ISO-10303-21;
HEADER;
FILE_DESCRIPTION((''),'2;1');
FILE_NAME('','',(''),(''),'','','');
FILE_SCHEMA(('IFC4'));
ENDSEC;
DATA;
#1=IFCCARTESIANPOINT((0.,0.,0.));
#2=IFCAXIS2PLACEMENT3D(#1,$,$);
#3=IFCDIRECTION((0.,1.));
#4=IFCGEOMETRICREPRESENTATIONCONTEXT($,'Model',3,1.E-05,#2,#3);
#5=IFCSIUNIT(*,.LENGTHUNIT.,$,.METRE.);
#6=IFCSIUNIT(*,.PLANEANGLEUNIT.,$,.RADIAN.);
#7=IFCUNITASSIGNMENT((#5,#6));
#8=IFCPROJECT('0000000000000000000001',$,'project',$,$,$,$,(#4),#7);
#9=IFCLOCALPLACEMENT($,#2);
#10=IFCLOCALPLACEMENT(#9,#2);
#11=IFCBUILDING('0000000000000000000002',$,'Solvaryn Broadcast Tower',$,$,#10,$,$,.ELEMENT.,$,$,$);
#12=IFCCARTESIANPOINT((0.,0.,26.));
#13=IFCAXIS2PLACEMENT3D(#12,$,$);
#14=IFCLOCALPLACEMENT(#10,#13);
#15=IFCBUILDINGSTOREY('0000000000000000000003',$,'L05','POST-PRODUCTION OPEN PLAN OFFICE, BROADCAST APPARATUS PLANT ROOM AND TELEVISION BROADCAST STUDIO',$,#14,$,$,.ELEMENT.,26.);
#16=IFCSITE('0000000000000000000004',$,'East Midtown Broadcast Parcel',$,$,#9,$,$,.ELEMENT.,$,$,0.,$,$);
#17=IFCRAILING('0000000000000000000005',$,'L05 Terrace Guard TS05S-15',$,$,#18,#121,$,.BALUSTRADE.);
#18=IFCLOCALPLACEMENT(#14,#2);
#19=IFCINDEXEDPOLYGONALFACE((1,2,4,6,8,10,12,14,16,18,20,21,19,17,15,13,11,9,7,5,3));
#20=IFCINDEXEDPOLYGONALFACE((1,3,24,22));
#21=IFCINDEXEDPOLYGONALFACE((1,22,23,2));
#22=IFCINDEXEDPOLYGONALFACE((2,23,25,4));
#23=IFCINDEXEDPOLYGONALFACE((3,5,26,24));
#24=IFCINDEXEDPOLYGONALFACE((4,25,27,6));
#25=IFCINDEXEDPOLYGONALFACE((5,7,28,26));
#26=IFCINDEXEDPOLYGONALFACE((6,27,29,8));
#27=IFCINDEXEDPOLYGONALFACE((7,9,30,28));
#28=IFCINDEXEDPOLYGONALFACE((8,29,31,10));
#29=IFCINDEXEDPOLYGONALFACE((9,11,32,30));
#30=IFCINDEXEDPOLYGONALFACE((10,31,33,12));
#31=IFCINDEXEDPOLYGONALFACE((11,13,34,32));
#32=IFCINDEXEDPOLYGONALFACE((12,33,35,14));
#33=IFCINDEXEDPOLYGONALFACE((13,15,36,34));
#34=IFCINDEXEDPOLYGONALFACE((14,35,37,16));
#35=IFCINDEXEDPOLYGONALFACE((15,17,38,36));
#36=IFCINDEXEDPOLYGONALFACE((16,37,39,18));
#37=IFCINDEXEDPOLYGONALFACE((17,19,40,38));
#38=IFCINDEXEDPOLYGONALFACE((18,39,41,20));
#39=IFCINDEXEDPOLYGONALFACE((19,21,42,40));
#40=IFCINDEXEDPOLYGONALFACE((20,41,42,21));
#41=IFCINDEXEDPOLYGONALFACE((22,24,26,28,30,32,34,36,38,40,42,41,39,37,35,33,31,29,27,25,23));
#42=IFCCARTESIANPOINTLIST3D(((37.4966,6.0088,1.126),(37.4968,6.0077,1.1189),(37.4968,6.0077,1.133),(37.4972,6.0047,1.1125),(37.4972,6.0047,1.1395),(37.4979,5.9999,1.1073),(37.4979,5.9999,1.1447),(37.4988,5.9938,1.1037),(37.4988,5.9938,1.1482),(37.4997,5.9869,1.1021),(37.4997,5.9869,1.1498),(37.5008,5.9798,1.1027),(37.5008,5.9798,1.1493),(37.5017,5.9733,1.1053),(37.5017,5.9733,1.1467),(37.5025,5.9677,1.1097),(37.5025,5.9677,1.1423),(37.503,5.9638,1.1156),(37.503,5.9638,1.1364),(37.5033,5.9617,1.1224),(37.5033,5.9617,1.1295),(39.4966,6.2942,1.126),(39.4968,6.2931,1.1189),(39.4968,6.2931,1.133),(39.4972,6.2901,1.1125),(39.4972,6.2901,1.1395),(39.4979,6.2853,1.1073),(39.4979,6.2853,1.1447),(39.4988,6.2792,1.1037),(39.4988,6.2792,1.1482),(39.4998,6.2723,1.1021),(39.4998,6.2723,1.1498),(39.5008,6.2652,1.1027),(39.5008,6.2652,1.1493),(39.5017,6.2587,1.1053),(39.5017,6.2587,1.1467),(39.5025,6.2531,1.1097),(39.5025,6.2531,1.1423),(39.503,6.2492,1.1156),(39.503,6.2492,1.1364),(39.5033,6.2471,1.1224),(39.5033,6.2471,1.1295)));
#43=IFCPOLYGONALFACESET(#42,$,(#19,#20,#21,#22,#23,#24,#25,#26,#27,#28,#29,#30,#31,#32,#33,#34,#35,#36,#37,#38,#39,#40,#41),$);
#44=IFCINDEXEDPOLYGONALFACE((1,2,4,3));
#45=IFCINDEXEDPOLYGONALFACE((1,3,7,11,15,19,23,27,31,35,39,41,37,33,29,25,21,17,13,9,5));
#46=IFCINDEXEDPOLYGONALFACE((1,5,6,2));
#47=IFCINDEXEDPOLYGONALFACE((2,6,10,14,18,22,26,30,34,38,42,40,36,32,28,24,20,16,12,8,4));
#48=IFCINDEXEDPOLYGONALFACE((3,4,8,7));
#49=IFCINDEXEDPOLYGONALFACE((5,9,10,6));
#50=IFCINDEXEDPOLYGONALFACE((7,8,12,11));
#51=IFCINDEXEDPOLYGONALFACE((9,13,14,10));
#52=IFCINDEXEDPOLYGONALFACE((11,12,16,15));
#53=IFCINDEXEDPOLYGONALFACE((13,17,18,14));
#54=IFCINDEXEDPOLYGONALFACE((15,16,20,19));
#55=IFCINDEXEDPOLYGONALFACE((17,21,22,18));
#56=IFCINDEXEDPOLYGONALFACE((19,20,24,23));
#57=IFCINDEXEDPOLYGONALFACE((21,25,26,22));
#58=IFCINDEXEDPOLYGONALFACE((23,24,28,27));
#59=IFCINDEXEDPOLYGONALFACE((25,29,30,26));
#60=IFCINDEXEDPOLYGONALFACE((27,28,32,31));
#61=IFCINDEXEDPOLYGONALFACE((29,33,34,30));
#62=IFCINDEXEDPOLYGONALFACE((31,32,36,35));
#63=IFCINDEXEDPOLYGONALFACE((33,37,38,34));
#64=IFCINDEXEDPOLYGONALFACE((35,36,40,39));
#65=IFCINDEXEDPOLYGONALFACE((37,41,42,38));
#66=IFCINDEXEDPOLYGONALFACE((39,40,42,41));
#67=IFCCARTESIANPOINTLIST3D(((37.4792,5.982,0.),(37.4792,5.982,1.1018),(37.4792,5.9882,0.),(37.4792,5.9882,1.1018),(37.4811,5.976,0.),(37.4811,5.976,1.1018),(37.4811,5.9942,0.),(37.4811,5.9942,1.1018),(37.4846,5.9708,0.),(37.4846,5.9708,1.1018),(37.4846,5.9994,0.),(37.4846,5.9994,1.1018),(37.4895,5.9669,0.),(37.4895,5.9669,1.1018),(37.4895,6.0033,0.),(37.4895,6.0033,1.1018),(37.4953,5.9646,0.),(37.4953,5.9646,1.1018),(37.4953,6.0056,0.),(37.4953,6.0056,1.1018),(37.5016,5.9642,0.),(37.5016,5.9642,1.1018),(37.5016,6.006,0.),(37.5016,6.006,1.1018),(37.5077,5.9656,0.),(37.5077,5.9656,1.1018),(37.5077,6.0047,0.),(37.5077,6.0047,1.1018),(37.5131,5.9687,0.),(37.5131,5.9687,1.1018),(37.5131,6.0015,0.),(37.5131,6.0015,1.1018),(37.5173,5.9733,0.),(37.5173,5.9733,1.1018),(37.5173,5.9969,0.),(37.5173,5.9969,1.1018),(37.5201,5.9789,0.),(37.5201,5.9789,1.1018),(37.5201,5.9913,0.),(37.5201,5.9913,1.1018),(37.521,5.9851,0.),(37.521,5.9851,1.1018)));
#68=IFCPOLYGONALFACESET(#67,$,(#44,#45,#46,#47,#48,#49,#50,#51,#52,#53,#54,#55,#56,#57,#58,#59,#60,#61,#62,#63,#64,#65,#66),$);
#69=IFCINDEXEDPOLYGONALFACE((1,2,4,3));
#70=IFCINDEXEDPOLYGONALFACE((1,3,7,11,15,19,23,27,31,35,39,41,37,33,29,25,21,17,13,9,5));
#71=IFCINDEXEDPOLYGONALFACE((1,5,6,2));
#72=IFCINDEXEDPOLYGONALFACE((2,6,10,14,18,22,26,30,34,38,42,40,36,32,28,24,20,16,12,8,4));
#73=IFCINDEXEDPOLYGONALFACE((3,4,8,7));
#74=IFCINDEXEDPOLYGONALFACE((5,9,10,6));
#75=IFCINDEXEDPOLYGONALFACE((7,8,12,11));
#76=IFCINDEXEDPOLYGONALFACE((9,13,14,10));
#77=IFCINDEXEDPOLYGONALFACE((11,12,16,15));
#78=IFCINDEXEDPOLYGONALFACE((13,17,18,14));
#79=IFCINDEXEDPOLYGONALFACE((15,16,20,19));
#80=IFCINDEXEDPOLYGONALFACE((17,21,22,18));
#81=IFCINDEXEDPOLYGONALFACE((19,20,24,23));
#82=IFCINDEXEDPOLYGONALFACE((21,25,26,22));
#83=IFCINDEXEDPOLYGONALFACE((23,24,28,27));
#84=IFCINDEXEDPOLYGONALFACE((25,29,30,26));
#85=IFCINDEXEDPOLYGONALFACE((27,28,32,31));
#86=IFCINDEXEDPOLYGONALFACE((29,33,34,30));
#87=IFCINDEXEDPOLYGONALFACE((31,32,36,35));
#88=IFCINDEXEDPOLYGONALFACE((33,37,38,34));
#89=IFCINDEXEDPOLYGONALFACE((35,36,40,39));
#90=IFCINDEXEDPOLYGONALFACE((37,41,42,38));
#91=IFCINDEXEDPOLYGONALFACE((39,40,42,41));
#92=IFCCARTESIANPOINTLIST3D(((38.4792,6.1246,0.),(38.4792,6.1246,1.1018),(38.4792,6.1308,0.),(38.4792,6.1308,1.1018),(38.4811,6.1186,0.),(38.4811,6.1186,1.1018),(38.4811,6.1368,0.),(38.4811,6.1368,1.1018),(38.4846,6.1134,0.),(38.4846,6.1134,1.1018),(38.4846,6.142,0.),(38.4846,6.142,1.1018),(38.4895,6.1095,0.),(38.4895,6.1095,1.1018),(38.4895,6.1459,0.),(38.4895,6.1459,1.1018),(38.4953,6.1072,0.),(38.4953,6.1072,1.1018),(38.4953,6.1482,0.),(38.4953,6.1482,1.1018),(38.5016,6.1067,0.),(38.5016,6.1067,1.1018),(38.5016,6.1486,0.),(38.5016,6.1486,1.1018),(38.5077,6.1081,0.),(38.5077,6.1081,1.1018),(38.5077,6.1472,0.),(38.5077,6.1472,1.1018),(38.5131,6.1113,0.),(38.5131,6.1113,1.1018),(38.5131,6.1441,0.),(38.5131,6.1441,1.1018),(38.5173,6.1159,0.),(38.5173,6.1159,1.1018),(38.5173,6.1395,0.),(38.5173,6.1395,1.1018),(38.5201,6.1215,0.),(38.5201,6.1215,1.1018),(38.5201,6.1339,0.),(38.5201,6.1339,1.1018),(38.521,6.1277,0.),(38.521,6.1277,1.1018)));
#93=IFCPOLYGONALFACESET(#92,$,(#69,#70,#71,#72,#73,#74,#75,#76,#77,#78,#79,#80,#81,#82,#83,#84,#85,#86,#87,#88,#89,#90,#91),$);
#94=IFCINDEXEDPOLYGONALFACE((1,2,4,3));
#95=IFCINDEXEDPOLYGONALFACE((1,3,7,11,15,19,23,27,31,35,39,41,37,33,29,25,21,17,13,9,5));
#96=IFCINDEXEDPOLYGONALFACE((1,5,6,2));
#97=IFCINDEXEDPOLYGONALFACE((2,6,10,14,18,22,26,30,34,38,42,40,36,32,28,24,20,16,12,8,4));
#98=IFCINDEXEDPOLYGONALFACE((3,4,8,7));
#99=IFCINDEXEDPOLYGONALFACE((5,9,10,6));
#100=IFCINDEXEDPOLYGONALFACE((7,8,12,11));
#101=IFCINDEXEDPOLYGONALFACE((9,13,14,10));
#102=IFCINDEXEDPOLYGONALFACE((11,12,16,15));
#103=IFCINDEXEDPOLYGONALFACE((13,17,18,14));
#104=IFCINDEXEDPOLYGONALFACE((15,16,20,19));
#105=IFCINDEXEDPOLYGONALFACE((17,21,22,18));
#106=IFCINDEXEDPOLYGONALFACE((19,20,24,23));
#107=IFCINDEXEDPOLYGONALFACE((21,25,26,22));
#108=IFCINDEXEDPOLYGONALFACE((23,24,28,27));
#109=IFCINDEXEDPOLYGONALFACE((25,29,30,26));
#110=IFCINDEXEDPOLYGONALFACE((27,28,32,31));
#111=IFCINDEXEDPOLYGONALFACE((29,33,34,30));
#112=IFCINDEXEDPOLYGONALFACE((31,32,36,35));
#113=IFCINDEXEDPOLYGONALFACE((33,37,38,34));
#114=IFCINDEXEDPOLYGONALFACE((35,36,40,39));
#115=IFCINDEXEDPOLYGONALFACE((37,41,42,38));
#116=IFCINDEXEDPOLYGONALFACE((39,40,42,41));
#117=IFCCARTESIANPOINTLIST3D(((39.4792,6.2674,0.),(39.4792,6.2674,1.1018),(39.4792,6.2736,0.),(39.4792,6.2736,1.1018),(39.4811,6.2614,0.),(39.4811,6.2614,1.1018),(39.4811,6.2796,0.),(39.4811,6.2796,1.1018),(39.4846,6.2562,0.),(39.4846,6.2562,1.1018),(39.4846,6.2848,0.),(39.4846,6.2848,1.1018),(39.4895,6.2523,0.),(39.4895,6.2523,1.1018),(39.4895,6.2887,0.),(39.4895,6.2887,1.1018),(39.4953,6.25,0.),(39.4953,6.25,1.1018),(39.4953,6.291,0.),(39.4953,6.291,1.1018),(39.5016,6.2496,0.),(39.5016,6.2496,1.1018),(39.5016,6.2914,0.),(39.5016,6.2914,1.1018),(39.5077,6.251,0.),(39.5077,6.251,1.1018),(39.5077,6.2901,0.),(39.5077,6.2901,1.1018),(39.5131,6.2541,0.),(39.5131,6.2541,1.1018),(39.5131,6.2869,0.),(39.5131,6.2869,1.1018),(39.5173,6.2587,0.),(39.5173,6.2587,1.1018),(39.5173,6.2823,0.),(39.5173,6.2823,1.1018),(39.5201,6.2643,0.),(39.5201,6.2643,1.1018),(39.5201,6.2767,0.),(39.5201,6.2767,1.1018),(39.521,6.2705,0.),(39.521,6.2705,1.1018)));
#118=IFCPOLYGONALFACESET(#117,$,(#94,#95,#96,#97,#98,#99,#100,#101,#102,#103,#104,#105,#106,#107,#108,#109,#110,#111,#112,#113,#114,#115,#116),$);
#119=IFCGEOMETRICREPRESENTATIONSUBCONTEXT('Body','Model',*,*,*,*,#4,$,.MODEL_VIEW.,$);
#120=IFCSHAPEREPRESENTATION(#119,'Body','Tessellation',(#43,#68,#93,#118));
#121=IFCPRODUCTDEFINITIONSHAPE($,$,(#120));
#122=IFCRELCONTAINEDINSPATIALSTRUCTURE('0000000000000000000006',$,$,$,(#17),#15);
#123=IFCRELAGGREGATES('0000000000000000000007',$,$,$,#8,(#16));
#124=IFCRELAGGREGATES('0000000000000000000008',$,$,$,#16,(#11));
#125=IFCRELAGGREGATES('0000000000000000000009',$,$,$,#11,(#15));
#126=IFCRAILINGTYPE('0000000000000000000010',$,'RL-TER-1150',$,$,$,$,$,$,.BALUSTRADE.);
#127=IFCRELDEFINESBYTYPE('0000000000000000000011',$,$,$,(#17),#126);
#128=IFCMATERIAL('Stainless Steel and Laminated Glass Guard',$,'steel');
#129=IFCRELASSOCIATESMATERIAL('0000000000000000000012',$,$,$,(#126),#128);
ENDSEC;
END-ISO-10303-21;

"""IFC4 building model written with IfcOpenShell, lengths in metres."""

from ifc_helpers import new_model, si_unit, direction, frame, origin, origin_2d, place, context, subcontext, project, spatial, circle, extrude, material, type_object, element, save


model = new_model("IFC4")

# Units and contexts
model_context = context("Model", 3, precision=1e-05, world=origin(), true_north=direction((0.0, 1.0)))
body_context = subcontext(model_context, "Body", "Model", "MODEL_VIEW")
ifc_project = project(units=[si_unit("LENGTHUNIT", "METRE"), si_unit("PLANEANGLEUNIT", "RADIAN")], contexts=[model_context])

# Site, building, storey
site_placement = place(None, origin())
site = spatial("IfcSite", under=ifc_project, at=site_placement, Name="East Midtown Broadcast Parcel", CompositionType="ELEMENT", RefElevation=0.0)
building_placement = place(site_placement, origin())
building = spatial("IfcBuilding", under=site, at=building_placement, Name="Solvaryn Broadcast Tower", CompositionType="ELEMENT")
storey_placement = place(building_placement, frame((0.0, 0.0, 26.0)))
storey = spatial("IfcBuildingStorey", under=building, at=storey_placement, Name="L05", Description="POST-PRODUCTION OPEN PLAN OFFICE, BROADCAST APPARATUS PLANT ROOM AND TELEVISION BROADCAST STUDIO", CompositionType="ELEMENT", Elevation=26.0)

# Railing
ifc_material_1 = material(Name="Stainless Steel and Laminated Glass Guard", Category="steel")
railing_type = type_object("IfcRailingType", Name="RL-TER-1150", PredefinedType="BALUSTRADE", material=ifc_material_1)
railing_1_placement = place(storey_placement, frame((37.5, 5.9851, 0.0)))
element("IfcRailing", 1, at=railing_1_placement, inside=storey, type_object=railing_type, Name="L05 Terrace Guard TS05S-15", PredefinedType="BALUSTRADE", context=body_context, shape_type="SweptSolid", body=[
    extrude(circle(Radius=0.0239, at=origin_2d()), frame((0.0, 0.0, 1.126), z_axis=(0.989971, 0.141269, 0.0), x_axis=(-0.141269, 0.989971, 0.0)), (0.0, 0.0, 1.0), 2.0203),
    extrude(circle(Radius=0.021, at=origin_2d()), origin(), (0.0, 0.0, 1.0), 1.1018),
    extrude(circle(Radius=0.021, at=origin_2d()), frame((1.0, 0.1426, 0.0)), (0.0, 0.0, 1.0), 1.1018),
    extrude(circle(Radius=0.021, at=origin_2d()), frame((2.0, 0.2854, 0.0)), (0.0, 0.0, 1.0), 1.1018),
])

save(model, "model.ifc")
